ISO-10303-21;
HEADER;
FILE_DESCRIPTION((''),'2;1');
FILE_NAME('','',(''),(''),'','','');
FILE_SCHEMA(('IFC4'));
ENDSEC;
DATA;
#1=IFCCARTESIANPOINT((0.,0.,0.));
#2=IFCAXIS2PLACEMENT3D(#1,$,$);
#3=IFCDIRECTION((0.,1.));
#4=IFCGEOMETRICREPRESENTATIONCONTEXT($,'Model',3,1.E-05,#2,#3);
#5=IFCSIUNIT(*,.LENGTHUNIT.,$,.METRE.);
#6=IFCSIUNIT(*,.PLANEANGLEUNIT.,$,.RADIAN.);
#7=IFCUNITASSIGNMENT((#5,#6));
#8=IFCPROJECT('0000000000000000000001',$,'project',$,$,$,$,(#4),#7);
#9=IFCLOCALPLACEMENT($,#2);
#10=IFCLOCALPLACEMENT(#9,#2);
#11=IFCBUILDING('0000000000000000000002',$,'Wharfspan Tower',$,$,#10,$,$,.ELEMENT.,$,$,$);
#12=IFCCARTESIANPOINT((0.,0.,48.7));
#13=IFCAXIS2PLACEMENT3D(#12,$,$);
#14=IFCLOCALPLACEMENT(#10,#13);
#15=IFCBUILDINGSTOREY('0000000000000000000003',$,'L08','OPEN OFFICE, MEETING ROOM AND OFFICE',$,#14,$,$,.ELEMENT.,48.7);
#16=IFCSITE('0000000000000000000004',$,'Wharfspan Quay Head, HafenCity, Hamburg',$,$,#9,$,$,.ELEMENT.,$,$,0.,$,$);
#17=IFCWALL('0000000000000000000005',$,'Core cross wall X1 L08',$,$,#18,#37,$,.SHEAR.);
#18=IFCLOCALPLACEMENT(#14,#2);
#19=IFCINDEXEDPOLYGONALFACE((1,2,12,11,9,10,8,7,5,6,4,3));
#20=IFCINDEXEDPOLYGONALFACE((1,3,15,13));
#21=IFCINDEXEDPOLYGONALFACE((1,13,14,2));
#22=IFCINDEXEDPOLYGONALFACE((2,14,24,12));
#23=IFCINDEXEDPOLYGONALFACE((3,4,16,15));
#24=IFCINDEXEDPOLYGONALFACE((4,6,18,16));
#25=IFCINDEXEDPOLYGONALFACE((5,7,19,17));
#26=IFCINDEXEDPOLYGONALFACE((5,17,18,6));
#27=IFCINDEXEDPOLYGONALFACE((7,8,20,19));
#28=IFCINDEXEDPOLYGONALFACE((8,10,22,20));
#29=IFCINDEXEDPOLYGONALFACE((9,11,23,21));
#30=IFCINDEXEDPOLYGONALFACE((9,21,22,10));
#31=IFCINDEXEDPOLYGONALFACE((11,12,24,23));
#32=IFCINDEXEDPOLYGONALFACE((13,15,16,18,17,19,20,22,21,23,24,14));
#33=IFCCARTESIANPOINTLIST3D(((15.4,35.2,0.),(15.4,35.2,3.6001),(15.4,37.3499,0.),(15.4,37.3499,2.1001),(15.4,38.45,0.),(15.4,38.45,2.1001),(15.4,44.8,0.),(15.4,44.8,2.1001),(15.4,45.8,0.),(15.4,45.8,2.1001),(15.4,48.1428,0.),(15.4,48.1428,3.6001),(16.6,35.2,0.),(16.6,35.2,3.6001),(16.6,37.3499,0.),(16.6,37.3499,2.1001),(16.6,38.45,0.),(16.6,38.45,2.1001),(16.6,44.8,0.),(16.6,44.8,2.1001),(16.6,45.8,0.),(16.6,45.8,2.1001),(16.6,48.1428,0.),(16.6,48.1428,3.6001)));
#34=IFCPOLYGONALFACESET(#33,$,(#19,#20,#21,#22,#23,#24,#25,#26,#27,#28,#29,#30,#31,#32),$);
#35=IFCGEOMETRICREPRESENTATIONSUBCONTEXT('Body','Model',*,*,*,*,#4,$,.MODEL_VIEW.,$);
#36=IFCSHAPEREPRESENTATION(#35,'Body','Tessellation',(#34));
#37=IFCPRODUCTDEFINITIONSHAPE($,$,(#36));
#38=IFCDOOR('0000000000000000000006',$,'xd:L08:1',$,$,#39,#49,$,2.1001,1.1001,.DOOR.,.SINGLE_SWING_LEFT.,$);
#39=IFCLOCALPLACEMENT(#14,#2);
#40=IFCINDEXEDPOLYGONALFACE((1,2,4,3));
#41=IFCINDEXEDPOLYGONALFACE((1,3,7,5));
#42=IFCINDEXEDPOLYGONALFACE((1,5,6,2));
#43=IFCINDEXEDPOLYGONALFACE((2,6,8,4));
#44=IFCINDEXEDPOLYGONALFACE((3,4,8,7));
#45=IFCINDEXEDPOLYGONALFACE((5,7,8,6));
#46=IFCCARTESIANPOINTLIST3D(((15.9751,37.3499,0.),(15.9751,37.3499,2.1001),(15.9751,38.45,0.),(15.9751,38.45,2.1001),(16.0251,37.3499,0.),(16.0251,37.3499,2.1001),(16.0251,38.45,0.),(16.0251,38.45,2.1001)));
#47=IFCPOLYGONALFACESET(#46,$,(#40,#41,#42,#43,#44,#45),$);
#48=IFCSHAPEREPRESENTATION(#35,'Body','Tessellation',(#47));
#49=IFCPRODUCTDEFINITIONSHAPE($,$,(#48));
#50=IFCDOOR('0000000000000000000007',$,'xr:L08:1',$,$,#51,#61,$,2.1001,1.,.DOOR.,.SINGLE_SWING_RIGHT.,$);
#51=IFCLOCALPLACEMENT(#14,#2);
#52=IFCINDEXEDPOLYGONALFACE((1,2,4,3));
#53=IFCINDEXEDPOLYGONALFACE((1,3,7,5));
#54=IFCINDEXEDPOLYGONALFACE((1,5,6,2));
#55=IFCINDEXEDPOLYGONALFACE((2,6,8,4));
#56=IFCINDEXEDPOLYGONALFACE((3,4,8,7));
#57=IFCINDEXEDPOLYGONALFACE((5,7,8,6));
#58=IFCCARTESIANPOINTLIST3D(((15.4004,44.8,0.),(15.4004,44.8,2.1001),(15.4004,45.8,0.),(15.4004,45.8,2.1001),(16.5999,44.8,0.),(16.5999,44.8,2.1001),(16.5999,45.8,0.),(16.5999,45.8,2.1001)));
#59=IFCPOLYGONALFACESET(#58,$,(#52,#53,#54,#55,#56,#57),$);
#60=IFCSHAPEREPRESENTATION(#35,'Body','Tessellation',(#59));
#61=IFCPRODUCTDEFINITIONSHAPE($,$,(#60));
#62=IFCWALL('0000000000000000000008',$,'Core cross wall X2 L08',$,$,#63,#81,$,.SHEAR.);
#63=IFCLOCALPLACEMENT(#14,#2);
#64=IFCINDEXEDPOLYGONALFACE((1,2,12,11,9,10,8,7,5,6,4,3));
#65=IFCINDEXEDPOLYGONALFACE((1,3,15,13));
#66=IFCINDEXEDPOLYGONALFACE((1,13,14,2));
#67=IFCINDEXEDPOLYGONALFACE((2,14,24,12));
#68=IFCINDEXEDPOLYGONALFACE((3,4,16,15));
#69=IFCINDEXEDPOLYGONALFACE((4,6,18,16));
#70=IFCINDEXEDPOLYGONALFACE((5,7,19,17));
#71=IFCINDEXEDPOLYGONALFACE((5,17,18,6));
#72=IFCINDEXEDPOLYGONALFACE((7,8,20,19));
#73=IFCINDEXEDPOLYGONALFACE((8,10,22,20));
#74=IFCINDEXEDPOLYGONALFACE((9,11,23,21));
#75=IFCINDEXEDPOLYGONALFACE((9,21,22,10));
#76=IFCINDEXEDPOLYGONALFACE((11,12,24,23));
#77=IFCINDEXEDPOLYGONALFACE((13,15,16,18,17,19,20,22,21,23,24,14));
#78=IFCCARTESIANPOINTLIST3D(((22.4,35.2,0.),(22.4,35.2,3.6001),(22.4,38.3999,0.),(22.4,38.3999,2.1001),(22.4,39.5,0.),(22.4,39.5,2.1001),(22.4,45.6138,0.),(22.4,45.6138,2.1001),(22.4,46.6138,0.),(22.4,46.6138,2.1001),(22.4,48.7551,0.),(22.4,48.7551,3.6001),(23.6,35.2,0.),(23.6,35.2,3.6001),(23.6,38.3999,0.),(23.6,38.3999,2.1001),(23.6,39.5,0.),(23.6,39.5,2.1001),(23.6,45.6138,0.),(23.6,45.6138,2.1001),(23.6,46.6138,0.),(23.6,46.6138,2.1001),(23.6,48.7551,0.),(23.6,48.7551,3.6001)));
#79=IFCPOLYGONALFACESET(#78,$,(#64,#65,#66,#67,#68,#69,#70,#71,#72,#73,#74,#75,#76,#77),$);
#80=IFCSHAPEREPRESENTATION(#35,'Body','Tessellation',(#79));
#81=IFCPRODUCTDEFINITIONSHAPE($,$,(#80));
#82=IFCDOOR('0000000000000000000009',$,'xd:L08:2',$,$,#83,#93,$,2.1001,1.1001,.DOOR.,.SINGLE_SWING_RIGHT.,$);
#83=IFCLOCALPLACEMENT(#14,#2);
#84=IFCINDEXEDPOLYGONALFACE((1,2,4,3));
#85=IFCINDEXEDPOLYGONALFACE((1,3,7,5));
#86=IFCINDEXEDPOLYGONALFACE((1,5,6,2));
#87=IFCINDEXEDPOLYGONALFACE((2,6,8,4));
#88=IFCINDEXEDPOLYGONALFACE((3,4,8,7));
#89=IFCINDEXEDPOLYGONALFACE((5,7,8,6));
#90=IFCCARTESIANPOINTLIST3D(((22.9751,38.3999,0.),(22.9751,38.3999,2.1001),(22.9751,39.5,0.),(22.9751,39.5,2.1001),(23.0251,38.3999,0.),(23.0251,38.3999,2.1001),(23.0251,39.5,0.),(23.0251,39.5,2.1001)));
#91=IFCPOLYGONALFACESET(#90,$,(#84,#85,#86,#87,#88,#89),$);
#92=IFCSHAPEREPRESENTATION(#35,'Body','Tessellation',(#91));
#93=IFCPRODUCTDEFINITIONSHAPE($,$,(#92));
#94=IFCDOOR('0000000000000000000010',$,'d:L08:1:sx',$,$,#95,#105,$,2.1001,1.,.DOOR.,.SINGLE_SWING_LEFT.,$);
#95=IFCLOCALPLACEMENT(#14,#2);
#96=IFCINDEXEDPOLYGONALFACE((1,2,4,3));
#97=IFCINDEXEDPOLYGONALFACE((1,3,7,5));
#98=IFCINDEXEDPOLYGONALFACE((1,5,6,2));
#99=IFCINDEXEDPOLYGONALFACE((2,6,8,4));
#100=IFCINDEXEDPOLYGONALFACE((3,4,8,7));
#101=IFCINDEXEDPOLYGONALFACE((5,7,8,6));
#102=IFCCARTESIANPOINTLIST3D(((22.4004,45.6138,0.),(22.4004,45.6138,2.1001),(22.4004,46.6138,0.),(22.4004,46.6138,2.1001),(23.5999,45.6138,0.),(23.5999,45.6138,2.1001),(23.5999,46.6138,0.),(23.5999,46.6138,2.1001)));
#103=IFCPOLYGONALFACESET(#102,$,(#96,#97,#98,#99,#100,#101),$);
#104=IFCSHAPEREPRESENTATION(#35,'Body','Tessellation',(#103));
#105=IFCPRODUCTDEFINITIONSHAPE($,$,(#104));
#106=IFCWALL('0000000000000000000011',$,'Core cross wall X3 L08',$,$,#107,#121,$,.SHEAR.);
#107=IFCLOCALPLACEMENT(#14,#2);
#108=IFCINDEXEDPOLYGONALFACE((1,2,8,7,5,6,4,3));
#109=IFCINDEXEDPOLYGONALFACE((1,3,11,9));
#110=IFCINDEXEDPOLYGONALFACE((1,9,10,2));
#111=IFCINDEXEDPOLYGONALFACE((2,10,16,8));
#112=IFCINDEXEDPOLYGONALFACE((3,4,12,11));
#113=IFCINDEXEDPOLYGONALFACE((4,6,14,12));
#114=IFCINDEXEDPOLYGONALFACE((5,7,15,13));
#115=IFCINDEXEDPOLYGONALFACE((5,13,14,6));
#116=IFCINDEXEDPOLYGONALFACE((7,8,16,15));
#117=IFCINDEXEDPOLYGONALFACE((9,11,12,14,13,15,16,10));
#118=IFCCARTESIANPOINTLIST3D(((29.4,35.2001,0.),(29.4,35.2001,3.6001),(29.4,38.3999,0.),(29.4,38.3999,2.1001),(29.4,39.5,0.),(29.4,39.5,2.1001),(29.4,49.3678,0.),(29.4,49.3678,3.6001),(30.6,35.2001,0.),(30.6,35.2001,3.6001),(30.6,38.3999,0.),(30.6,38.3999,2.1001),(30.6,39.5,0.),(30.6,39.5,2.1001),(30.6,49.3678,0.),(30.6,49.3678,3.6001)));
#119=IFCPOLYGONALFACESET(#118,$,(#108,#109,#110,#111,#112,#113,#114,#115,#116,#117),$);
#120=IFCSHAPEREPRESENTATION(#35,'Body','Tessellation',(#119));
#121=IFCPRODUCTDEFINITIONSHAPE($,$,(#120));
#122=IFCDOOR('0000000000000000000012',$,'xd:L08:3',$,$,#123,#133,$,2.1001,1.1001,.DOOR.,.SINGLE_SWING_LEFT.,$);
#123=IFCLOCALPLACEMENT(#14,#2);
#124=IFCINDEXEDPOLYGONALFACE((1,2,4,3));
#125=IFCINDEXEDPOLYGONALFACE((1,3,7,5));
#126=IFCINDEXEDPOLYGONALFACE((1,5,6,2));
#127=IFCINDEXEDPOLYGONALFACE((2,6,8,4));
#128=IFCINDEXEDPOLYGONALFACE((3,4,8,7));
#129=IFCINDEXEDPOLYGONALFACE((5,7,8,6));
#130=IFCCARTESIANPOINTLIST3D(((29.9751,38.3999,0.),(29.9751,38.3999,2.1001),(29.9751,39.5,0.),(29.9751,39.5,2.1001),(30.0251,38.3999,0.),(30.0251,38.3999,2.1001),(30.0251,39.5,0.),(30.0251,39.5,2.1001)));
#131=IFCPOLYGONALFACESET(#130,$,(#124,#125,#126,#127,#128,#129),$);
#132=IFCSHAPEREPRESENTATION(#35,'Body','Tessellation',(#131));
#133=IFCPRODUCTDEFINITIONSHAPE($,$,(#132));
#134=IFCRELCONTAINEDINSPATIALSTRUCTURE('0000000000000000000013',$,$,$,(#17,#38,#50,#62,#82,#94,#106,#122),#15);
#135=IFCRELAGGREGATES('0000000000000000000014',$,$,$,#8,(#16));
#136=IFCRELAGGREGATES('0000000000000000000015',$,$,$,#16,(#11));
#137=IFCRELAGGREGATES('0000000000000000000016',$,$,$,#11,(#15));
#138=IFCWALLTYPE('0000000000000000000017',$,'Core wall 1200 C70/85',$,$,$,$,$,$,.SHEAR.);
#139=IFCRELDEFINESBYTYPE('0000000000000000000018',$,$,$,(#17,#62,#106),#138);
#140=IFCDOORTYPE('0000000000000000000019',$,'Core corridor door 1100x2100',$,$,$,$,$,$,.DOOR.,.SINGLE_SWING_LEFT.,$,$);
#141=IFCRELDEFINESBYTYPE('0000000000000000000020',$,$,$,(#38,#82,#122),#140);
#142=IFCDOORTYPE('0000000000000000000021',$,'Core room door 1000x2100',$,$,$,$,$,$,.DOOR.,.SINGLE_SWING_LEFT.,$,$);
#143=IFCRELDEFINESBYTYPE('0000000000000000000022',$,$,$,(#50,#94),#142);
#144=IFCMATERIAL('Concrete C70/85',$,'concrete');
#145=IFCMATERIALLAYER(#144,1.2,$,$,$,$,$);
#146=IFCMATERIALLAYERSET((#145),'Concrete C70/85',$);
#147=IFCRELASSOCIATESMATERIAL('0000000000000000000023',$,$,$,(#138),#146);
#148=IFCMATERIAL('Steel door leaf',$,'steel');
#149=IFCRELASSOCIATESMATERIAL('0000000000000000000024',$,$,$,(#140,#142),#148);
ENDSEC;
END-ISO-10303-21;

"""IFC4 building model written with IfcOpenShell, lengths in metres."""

from ifc_helpers import new_model, si_unit, direction, frame, frame_2d, origin, place, context, subcontext, project, spatial, rectangle, extrude, material, layer, layer_set, type_object, element, fill, save


model = new_model("IFC4")

# Units and contexts
model_context = context("Model", 3, precision=1e-05, world=origin(), true_north=direction((0.0, 1.0)))
body_context = subcontext(model_context, "Body", "Model", "MODEL_VIEW")
ifc_project = project(units=[si_unit("LENGTHUNIT", "METRE"), si_unit("PLANEANGLEUNIT", "RADIAN")], contexts=[model_context])

# Site, building, storey
site_placement = place(None, origin())
site = spatial("IfcSite", under=ifc_project, at=site_placement, Name="Wharfspan Quay Head, HafenCity, Hamburg", CompositionType="ELEMENT", RefElevation=0.0)
building_placement = place(site_placement, origin())
building = spatial("IfcBuilding", under=site, at=building_placement, Name="Wharfspan Tower", CompositionType="ELEMENT")
storey_placement = place(building_placement, frame((0.0, 0.0, 48.7)))
storey = spatial("IfcBuildingStorey", under=building, at=storey_placement, Name="L08", Description="OPEN OFFICE, MEETING ROOM AND OFFICE", CompositionType="ELEMENT", Elevation=48.7)

# Walls, openings, doors
ifc_material_1 = material(Name="Concrete C70/85", Category="concrete")
ifc_layer_1 = layer(ifc_material_1, 1.2)
ifc_layer_set_1 = layer_set([ifc_layer_1], Name="Concrete C70/85")
wall_type_1 = type_object("IfcWallType", Name="Core wall 1200 C70/85", PredefinedType="SHEAR", material=ifc_layer_set_1)
wall_1_placement = place(storey_placement, frame((16.0, 35.2, 0.0), z_axis=(0.0, 0.0, 1.0), x_axis=(0.0, 1.0, 0.0)))
wall_1 = element("IfcWall", 1, at=wall_1_placement, inside=storey, type_object=wall_type_1, Name="Core cross wall X1 L08", PredefinedType="SHEAR", context=body_context, shape_type="SweptSolid", body=[
    extrude(rectangle(XDim=12.9429, YDim=1.2, at=frame_2d((6.4714, 0.0))), origin(), (0.0, 0.0, 1.0), 3.6001),
])
opening_1_placement = place(wall_1_placement, frame((2.1499, 0.0, 0.0)))
opening_1 = element("IfcOpeningElement", 2, at=opening_1_placement, cuts=wall_1, PredefinedType="OPENING", context=body_context, shape_type="SweptSolid", body=[
    extrude(rectangle(XDim=1.1001, YDim=2.1001, at=frame_2d((0.55, 1.05))), frame((0.0, 0.6099, 0.0), z_axis=(0.0, -1.0, 0.0), x_axis=(1.0, 0.0, 0.0)), (0.0, 0.0, 1.0), 1.22),
])
opening_2_placement = place(wall_1_placement, frame((9.6001, 0.0, 0.0)))
opening_2 = element("IfcOpeningElement", 3, at=opening_2_placement, cuts=wall_1, PredefinedType="OPENING", context=body_context, shape_type="SweptSolid", body=[
    extrude(rectangle(XDim=1.0, YDim=2.1001, at=frame_2d((0.5, 1.05))), frame((0.0, 0.6099, 0.0), z_axis=(0.0, -1.0, 0.0), x_axis=(1.0, 0.0, 0.0)), (0.0, 0.0, 1.0), 1.22),
])
ifc_material_2 = material(Name="Steel door leaf", Category="steel")
door_type_1 = type_object("IfcDoorType", Name="Core corridor door 1100x2100", OperationType="SINGLE_SWING_LEFT", PredefinedType="DOOR", material=ifc_material_2)
door_1_placement = place(opening_1_placement, origin())
door_1 = element("IfcDoor", 4, at=door_1_placement, inside=storey, type_object=door_type_1, Name="xd:L08:1", OperationType="SINGLE_SWING_LEFT", OverallHeight=2.1001, OverallWidth=1.1001, PredefinedType="DOOR", context=body_context, shape_type="SweptSolid", body=[
    extrude(rectangle(XDim=1.1001, YDim=2.1001, at=frame_2d((0.55, 1.05))), frame((0.0, 0.0249, 0.0), z_axis=(0.0, -1.0, 0.0), x_axis=(1.0, 0.0, 0.0)), (0.0, 0.0, 1.0), 0.05),
])
fill(opening_1, door_1)
door_type_2 = type_object("IfcDoorType", Name="Core room door 1000x2100", OperationType="SINGLE_SWING_LEFT", PredefinedType="DOOR", material=ifc_material_2)
door_2_placement = place(opening_2_placement, origin())
door_2 = element("IfcDoor", 5, at=door_2_placement, inside=storey, type_object=door_type_2, Name="xr:L08:1", OperationType="SINGLE_SWING_RIGHT", OverallHeight=2.1001, OverallWidth=1.0, PredefinedType="DOOR", context=body_context, shape_type="SweptSolid", body=[
    extrude(rectangle(XDim=1.0, YDim=2.1001, at=frame_2d((0.5, 1.05))), frame((0.0, 0.5996, 0.0), z_axis=(0.0, -1.0, 0.0), x_axis=(1.0, 0.0, 0.0)), (0.0, 0.0, 1.0), 1.1995),
])
fill(opening_2, door_2)
wall_2_placement = place(storey_placement, frame((23.0, 35.2, 0.0), z_axis=(0.0, 0.0, 1.0), x_axis=(0.0, 1.0, 0.0)))
wall_2 = element("IfcWall", 6, at=wall_2_placement, inside=storey, type_object=wall_type_1, Name="Core cross wall X2 L08", PredefinedType="SHEAR", context=body_context, shape_type="SweptSolid", body=[
    extrude(rectangle(XDim=13.5552, YDim=1.2, at=frame_2d((6.7776, 0.0))), origin(), (0.0, 0.0, 1.0), 3.6001),
])
opening_3_placement = place(wall_2_placement, frame((10.4138, 0.0, 0.0)))
opening_3 = element("IfcOpeningElement", 7, at=opening_3_placement, cuts=wall_2, PredefinedType="OPENING", context=body_context, shape_type="SweptSolid", body=[
    extrude(rectangle(XDim=1.0, YDim=2.1001, at=frame_2d((0.5, 1.05))), frame((0.0, 0.6099, 0.0), z_axis=(0.0, -1.0, 0.0), x_axis=(1.0, 0.0, 0.0)), (0.0, 0.0, 1.0), 1.22),
])
opening_4_placement = place(wall_2_placement, frame((3.2, 0.0, 0.0)))
opening_4 = element("IfcOpeningElement", 8, at=opening_4_placement, cuts=wall_2, PredefinedType="OPENING", context=body_context, shape_type="SweptSolid", body=[
    extrude(rectangle(XDim=1.1001, YDim=2.1001, at=frame_2d((0.55, 1.05))), frame((0.0, 0.6099, 0.0), z_axis=(0.0, -1.0, 0.0), x_axis=(1.0, 0.0, 0.0)), (0.0, 0.0, 1.0), 1.22),
])
door_3_placement = place(opening_4_placement, origin())
door_3 = element("IfcDoor", 9, at=door_3_placement, inside=storey, type_object=door_type_1, Name="xd:L08:2", OperationType="SINGLE_SWING_RIGHT", OverallHeight=2.1001, OverallWidth=1.1001, PredefinedType="DOOR", context=body_context, shape_type="SweptSolid", body=[
    extrude(rectangle(XDim=1.1001, YDim=2.1001, at=frame_2d((0.55, 1.05))), frame((0.0, 0.0249, 0.0), z_axis=(0.0, -1.0, 0.0), x_axis=(1.0, 0.0, 0.0)), (0.0, 0.0, 1.0), 0.05),
])
fill(opening_4, door_3)
door_4_placement = place(opening_3_placement, origin())
door_4 = element("IfcDoor", 10, at=door_4_placement, inside=storey, type_object=door_type_2, Name="d:L08:1:sx", OperationType="SINGLE_SWING_LEFT", OverallHeight=2.1001, OverallWidth=1.0, PredefinedType="DOOR", context=body_context, shape_type="SweptSolid", body=[
    extrude(rectangle(XDim=1.0, YDim=2.1001, at=frame_2d((0.5, 1.05))), frame((0.0, 0.5996, 0.0), z_axis=(0.0, -1.0, 0.0), x_axis=(1.0, 0.0, 0.0)), (0.0, 0.0, 1.0), 1.1995),
])
fill(opening_3, door_4)

# Wall, opening, door
wall_3_placement = place(storey_placement, frame((30.0, 35.2, 0.0), z_axis=(0.0, 0.0, 1.0), x_axis=(0.0, 1.0, 0.0)))
wall_3 = element("IfcWall", 11, at=wall_3_placement, inside=storey, type_object=wall_type_1, Name="Core cross wall X3 L08", PredefinedType="SHEAR", context=body_context, shape_type="SweptSolid", body=[
    extrude(rectangle(XDim=14.1677, YDim=1.2, at=frame_2d((7.084, 0.0))), origin(), (0.0, 0.0, 1.0), 3.6001),
])
opening_5_placement = place(wall_3_placement, frame((3.2, 0.0, 0.0)))
opening_5 = element("IfcOpeningElement", 12, at=opening_5_placement, cuts=wall_3, PredefinedType="OPENING", context=body_context, shape_type="SweptSolid", body=[
    extrude(rectangle(XDim=1.1001, YDim=2.1001, at=frame_2d((0.55, 1.05))), frame((0.0, 0.6099, 0.0), z_axis=(0.0, -1.0, 0.0), x_axis=(1.0, 0.0, 0.0)), (0.0, 0.0, 1.0), 1.22),
])
door_5_placement = place(opening_5_placement, origin())
door_5 = element("IfcDoor", 13, at=door_5_placement, inside=storey, type_object=door_type_1, Name="xd:L08:3", OperationType="SINGLE_SWING_LEFT", OverallHeight=2.1001, OverallWidth=1.1001, PredefinedType="DOOR", context=body_context, shape_type="SweptSolid", body=[
    extrude(rectangle(XDim=1.1001, YDim=2.1001, at=frame_2d((0.55, 1.05))), frame((0.0, 0.0249, 0.0), z_axis=(0.0, -1.0, 0.0), x_axis=(1.0, 0.0, 0.0)), (0.0, 0.0, 1.0), 0.05),
])
fill(opening_5, door_5)

save(model, "model.ifc")
